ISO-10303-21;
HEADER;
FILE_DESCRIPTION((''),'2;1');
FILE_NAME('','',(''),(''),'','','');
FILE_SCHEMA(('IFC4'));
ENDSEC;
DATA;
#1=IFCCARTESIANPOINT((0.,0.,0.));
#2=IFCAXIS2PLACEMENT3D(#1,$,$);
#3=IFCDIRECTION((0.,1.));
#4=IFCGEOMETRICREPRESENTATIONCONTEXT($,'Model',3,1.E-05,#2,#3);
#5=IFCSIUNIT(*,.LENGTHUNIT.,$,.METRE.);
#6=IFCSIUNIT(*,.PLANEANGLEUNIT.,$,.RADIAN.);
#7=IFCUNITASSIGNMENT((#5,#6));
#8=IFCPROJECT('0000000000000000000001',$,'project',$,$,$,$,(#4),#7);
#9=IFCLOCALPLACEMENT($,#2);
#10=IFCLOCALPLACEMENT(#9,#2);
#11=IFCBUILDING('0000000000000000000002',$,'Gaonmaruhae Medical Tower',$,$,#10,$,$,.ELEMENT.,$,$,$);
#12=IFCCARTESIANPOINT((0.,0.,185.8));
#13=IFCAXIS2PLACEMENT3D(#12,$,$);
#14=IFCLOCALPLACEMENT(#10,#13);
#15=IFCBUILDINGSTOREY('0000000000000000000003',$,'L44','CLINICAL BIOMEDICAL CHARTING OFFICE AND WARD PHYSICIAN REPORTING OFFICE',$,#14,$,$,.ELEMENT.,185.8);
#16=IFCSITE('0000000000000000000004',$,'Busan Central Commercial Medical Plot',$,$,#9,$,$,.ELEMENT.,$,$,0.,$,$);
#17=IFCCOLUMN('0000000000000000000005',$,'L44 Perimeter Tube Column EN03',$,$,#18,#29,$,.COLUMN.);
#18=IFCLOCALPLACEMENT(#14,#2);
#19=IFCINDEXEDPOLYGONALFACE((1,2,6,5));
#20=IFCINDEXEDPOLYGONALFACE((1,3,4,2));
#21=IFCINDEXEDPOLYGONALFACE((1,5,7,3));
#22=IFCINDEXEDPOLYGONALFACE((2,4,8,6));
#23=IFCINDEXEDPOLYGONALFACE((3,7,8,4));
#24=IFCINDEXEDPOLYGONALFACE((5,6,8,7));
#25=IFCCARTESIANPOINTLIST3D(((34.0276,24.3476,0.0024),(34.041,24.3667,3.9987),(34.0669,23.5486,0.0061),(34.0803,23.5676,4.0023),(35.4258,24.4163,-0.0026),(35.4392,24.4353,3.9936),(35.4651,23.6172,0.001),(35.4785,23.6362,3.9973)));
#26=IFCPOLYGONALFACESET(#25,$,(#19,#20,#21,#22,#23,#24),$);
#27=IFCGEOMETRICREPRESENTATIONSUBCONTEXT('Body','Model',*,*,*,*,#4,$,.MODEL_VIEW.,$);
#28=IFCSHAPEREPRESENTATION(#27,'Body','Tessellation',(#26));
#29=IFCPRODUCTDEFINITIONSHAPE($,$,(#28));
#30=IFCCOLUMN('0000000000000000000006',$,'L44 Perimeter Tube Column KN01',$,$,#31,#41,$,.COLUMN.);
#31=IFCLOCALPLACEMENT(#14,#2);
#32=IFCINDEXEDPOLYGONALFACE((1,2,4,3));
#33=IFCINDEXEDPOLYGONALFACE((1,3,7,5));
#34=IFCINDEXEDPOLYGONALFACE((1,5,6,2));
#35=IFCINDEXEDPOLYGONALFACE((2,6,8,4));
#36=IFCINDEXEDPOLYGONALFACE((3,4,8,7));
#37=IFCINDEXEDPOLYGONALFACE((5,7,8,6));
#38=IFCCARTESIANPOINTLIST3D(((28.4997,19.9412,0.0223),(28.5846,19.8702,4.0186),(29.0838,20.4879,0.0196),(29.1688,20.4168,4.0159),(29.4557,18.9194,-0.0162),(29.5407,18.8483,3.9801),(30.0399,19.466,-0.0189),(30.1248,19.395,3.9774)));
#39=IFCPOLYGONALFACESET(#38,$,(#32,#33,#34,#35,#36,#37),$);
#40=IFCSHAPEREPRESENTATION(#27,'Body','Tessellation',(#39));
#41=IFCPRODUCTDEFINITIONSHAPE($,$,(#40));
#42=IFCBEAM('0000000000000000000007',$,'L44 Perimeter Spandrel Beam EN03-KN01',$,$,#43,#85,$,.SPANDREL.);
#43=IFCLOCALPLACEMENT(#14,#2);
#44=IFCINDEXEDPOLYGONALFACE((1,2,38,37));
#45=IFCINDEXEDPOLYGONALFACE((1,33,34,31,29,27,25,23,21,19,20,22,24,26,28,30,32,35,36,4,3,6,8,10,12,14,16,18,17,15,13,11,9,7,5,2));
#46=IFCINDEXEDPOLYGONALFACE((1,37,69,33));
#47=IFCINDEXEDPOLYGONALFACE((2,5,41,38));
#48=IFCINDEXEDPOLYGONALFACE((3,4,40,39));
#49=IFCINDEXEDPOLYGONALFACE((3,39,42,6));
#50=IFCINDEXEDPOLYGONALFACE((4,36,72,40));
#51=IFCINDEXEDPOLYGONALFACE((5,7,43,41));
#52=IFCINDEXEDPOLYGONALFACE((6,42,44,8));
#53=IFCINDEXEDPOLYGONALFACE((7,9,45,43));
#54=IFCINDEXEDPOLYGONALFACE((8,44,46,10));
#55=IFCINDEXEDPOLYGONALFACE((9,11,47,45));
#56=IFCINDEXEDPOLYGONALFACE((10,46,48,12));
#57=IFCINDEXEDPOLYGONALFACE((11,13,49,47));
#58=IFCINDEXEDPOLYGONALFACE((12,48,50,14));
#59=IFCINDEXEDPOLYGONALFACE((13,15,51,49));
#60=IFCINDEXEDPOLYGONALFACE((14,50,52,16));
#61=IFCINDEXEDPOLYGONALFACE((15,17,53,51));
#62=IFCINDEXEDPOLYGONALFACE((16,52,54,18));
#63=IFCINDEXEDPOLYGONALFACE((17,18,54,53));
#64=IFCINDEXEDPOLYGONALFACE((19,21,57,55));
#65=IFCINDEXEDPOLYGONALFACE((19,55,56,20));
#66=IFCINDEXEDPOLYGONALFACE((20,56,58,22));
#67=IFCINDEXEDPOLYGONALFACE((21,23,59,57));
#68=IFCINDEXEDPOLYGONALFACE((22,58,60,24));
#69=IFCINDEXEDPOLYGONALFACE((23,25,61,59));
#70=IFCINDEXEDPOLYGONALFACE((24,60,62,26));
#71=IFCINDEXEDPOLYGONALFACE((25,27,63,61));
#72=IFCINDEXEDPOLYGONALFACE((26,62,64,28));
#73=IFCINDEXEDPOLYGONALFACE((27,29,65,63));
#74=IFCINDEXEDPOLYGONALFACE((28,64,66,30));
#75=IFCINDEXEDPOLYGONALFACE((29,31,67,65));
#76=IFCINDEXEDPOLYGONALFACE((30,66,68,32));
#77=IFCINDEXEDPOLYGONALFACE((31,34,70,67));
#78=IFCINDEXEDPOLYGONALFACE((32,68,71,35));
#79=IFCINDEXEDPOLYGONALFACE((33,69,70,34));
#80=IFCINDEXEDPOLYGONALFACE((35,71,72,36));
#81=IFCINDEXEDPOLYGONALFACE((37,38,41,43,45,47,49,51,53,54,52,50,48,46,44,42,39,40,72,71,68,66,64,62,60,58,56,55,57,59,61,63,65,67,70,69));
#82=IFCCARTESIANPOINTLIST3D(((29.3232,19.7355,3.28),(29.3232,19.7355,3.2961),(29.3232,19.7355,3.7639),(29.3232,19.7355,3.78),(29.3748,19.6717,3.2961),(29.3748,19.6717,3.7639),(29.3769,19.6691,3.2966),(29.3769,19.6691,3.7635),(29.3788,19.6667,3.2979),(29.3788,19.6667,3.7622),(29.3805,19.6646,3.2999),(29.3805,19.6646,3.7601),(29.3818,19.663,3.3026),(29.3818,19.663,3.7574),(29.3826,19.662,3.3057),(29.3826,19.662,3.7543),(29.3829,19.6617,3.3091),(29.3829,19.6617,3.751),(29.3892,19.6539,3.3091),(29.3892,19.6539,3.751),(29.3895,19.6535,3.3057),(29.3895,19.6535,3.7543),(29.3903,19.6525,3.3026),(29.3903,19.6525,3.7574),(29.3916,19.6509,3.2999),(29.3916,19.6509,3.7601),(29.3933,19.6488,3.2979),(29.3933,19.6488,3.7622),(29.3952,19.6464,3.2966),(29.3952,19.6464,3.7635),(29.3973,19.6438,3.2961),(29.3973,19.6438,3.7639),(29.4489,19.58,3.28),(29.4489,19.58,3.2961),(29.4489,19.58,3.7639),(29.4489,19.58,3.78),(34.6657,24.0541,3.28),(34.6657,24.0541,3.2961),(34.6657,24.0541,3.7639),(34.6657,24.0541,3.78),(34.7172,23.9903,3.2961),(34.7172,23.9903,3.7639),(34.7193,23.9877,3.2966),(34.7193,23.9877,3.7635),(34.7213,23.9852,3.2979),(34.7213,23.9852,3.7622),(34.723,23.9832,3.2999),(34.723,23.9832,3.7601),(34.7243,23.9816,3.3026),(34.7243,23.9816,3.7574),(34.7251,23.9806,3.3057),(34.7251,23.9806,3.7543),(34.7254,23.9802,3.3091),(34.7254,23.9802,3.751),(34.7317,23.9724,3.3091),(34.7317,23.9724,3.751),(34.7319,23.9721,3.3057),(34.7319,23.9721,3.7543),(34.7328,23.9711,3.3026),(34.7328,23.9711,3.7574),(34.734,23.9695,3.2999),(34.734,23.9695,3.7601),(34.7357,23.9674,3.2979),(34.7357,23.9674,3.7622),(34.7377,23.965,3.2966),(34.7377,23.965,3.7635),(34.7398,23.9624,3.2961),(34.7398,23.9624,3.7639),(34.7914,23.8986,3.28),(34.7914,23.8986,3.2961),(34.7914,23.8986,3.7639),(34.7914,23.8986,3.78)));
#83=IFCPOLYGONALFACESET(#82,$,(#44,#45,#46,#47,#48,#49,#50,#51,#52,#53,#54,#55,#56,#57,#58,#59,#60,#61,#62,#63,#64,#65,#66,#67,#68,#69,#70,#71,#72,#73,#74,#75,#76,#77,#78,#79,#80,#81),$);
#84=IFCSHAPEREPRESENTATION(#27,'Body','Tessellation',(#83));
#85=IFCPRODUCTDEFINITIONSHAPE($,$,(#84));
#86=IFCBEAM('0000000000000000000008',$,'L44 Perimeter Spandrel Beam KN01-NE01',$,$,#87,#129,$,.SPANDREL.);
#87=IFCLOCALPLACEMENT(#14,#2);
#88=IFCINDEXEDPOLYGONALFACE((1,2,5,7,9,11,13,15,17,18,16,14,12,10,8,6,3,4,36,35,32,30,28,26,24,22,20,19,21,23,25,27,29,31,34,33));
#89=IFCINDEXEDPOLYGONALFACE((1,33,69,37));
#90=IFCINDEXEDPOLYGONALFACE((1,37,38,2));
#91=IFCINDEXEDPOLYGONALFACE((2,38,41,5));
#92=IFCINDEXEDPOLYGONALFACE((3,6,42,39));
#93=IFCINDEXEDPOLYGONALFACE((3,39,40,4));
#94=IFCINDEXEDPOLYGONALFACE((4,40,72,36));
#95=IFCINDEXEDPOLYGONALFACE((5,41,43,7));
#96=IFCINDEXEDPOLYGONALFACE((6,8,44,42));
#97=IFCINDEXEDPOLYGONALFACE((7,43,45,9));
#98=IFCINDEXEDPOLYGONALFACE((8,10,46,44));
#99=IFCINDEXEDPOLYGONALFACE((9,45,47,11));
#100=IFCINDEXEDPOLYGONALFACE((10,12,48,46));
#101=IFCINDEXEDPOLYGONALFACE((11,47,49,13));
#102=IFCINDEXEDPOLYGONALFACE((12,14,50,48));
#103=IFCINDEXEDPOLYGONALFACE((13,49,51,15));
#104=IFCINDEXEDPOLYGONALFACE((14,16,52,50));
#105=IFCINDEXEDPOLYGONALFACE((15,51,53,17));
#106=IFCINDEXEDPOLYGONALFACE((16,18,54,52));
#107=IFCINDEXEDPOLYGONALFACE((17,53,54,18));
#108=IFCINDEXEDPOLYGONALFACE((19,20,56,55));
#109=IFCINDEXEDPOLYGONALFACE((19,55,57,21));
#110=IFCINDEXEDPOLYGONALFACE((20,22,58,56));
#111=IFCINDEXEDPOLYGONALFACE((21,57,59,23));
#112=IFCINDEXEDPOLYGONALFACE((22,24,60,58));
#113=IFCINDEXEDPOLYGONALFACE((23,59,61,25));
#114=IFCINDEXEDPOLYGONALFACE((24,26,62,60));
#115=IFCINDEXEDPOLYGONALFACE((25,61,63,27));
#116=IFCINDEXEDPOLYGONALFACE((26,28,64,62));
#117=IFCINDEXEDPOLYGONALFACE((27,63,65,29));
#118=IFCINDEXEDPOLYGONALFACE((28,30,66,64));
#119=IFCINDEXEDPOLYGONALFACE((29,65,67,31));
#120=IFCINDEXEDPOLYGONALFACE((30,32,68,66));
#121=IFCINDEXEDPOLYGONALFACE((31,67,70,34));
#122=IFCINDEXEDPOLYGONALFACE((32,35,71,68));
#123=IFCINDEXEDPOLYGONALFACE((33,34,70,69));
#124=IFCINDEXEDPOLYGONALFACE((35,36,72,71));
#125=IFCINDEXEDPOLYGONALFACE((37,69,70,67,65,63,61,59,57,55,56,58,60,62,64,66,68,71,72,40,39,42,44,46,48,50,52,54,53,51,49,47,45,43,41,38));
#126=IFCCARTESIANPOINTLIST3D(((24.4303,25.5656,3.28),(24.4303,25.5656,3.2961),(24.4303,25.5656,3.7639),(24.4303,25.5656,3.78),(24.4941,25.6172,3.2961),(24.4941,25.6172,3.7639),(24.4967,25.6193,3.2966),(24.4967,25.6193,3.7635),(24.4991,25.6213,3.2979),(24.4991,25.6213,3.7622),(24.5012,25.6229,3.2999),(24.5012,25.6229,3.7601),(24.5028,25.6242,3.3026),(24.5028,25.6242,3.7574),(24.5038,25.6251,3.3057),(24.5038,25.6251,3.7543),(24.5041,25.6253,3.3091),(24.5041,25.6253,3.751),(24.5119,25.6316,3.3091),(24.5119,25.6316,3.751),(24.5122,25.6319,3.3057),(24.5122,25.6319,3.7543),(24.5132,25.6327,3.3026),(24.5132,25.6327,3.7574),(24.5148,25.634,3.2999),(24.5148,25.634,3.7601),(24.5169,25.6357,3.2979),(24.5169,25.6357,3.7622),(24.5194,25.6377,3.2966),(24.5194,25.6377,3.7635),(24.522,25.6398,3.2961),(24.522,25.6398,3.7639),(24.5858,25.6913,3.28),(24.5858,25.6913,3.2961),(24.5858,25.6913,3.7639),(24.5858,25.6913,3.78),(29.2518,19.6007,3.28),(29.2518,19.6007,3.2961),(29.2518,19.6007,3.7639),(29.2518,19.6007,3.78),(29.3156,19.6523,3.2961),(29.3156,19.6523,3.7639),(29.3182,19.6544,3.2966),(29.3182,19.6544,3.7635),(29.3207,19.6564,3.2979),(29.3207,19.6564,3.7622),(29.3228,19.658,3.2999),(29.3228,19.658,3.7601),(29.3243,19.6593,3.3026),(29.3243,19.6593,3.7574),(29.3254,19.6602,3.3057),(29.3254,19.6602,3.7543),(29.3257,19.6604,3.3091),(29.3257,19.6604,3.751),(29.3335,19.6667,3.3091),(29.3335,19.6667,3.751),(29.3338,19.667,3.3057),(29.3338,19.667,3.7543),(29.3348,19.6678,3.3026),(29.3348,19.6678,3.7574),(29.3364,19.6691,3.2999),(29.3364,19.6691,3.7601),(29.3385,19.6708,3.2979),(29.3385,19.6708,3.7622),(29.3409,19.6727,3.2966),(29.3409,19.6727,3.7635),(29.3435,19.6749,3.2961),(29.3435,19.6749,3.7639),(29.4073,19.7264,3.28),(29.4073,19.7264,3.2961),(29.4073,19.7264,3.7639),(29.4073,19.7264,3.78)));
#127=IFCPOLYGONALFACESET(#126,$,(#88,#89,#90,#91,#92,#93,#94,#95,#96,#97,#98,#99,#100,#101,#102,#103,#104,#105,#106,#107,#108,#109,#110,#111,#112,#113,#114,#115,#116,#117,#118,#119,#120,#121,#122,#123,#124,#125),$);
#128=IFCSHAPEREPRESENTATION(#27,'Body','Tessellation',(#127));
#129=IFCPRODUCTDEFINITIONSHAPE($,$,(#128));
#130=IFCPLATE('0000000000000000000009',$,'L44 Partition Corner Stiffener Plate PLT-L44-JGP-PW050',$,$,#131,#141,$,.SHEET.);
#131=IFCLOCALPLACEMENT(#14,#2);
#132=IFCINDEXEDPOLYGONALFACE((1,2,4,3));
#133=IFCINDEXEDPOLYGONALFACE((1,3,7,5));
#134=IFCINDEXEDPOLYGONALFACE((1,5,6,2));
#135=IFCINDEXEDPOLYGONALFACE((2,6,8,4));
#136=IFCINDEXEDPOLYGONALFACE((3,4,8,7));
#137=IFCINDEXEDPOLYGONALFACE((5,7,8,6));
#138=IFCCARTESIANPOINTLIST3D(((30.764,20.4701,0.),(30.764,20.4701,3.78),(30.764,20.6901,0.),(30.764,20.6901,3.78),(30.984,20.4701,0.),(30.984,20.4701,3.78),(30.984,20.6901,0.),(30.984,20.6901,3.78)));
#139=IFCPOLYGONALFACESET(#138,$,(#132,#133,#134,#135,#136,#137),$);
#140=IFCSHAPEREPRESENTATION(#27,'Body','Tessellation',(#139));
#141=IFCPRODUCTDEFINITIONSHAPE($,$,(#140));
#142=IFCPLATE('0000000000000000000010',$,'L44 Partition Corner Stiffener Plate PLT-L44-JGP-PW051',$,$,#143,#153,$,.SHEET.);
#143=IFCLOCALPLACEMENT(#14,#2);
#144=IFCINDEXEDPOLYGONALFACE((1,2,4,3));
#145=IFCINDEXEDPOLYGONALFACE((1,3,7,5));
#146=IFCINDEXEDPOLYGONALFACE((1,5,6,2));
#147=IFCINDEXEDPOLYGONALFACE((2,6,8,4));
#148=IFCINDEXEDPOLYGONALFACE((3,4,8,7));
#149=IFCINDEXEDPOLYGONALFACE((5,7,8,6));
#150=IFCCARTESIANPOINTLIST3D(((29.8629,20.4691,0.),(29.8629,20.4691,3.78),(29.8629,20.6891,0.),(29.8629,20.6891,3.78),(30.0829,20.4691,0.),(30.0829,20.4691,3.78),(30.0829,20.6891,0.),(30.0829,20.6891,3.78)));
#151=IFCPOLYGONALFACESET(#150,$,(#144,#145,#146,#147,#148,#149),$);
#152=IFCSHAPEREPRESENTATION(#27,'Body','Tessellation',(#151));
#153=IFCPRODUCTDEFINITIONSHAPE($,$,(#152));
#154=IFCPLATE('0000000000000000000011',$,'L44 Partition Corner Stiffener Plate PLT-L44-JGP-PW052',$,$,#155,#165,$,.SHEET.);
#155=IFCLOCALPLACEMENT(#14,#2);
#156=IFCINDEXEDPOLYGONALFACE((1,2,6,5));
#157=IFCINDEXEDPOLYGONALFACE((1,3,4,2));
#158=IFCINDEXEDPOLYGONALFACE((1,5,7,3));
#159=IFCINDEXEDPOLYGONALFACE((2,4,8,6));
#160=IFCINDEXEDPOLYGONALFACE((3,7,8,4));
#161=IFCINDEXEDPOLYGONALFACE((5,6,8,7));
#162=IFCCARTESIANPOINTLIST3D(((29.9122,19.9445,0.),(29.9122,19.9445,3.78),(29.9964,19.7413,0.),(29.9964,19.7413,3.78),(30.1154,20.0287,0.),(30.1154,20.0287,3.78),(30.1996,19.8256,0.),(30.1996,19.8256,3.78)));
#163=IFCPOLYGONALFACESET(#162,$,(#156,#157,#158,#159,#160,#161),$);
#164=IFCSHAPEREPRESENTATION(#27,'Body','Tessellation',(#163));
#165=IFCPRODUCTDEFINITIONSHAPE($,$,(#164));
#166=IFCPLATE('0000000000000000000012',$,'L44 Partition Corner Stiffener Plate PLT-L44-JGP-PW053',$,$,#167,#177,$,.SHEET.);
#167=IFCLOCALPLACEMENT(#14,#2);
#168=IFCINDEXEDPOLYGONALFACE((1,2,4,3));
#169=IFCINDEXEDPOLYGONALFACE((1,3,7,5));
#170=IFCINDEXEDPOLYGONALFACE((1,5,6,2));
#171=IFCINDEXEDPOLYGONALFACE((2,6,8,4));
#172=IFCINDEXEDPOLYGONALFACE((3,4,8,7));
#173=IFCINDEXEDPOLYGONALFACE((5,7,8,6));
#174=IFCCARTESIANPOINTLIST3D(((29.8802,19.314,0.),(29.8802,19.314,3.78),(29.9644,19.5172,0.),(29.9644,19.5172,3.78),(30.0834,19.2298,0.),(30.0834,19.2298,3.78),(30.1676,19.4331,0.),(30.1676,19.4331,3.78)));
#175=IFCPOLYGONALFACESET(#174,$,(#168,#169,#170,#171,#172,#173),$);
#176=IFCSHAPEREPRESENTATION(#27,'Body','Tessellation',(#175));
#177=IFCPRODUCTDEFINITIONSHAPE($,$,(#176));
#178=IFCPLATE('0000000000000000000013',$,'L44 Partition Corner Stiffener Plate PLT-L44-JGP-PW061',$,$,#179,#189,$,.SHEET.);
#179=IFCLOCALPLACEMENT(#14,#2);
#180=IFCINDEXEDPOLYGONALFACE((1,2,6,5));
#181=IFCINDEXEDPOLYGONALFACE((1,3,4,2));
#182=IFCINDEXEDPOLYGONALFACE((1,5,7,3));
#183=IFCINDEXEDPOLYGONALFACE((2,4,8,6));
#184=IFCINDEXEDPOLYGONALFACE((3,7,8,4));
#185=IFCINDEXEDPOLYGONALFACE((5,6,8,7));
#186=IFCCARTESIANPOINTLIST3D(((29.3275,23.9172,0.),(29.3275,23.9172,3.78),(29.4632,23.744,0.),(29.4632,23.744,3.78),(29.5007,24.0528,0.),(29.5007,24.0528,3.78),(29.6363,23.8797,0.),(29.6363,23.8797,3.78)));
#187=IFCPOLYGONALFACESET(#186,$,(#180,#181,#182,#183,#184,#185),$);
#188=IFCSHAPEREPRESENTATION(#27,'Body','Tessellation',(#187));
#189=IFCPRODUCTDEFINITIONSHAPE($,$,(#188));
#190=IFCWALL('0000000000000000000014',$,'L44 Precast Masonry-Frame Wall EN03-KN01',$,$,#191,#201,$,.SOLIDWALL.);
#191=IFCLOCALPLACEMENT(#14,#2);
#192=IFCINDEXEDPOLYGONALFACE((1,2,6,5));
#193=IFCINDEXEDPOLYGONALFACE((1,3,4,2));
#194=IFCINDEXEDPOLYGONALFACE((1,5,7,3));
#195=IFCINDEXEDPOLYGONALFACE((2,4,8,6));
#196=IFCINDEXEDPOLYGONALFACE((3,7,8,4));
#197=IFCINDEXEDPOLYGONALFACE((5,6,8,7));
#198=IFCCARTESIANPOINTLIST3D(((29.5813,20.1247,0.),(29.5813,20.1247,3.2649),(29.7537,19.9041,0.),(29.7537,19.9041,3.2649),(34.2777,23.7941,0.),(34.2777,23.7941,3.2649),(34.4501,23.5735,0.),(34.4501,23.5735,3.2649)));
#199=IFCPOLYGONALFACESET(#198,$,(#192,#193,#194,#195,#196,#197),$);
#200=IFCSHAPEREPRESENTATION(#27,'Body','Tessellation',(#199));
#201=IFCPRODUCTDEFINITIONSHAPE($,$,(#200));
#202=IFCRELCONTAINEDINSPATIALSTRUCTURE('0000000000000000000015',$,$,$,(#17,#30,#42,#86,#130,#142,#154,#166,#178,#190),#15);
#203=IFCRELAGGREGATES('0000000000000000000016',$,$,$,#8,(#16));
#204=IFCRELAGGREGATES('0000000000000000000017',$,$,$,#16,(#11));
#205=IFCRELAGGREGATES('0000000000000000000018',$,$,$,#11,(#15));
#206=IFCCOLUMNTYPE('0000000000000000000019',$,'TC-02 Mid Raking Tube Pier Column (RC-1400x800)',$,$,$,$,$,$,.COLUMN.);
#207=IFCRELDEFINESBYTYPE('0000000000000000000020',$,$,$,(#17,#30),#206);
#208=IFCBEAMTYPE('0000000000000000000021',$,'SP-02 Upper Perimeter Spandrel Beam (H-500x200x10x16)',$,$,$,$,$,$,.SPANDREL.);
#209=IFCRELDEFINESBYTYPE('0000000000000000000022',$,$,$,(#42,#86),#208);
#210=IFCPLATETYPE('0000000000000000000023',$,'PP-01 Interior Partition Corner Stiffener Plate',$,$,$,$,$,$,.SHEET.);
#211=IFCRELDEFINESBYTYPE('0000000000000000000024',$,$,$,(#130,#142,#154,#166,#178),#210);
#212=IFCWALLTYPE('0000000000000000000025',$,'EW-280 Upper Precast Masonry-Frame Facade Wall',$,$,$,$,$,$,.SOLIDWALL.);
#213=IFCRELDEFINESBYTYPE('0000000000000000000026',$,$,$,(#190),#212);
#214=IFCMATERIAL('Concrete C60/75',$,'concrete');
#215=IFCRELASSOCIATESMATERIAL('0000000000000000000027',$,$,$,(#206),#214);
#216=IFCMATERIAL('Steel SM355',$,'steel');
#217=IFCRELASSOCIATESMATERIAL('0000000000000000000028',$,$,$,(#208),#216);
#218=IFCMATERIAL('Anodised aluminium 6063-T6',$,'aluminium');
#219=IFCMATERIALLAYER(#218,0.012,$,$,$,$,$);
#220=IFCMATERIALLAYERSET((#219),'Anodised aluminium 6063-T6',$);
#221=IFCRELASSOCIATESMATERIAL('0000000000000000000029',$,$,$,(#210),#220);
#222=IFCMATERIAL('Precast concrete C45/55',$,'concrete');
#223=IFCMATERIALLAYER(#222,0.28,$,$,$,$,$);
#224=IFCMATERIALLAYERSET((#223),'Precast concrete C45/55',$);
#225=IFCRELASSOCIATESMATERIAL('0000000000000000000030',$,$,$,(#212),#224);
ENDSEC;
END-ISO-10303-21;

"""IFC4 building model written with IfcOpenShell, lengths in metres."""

from ifc_helpers import new_model, si_unit, direction, frame, frame_2d, origin, origin_2d, place, context, subcontext, project, spatial, rectangle, i_section, extrude, material, layer, layer_set, material_profile, profile_set, type_object, element, save


model = new_model("IFC4")

# Units and contexts
model_context = context("Model", 3, precision=1e-05, world=origin(), true_north=direction((0.0, 1.0)))
body_context = subcontext(model_context, "Body", "Model", "MODEL_VIEW")
ifc_project = project(units=[si_unit("LENGTHUNIT", "METRE"), si_unit("PLANEANGLEUNIT", "RADIAN")], contexts=[model_context])

# Site, building, storey
site_placement = place(None, origin())
site = spatial("IfcSite", under=ifc_project, at=site_placement, Name="Busan Central Commercial Medical Plot", CompositionType="ELEMENT", RefElevation=0.0)
building_placement = place(site_placement, origin())
building = spatial("IfcBuilding", under=site, at=building_placement, Name="Gaonmaruhae Medical Tower", CompositionType="ELEMENT")
storey_placement = place(building_placement, frame((0.0, 0.0, 185.8)))
storey = spatial("IfcBuildingStorey", under=building, at=storey_placement, Name="L44", Description="CLINICAL BIOMEDICAL CHARTING OFFICE AND WARD PHYSICIAN REPORTING OFFICE", CompositionType="ELEMENT", Elevation=185.8)

# Columns
ifc_material_1 = material(Name="Concrete C60/75", Category="concrete")
ifc_material_profile_1 = material_profile(ifc_material_1, rectangle(XDim=1.3999, YDim=0.8, at=origin_2d()), Name="RC-1400x800")
ifc_profile_set_1 = profile_set([ifc_material_profile_1], Name="Concrete C60/75")
column_type = type_object("IfcColumnType", Name="TC-02 Mid Raking Tube Pier Column (RC-1400x800)", PredefinedType="COLUMN", material=ifc_profile_set_1)
column_1_placement = place(storey_placement, frame((34.7463, 23.9824, 0.0017), z_axis=(0.00336, 0.004765, 0.999983), x_axis=(-0.99879, -0.049037, 0.00359)))
element("IfcColumn", 1, at=column_1_placement, inside=storey, type_object=column_type, Name="L44 Perimeter Tube Column EN03", PredefinedType="COLUMN", context=body_context, shape_type="SweptSolid", body=[
    extrude(rectangle(XDim=1.3999, YDim=0.8, at=origin_2d()), origin(), (0.0, 0.0, 1.0), 3.9963),
])
column_2_placement = place(storey_placement, frame((29.2698, 19.7036, 0.0017), z_axis=(0.021252, -0.017771, 0.999616), x_axis=(-0.682948, 0.729949, 0.027496)))
element("IfcColumn", 2, at=column_2_placement, inside=storey, type_object=column_type, Name="L44 Perimeter Tube Column KN01", PredefinedType="COLUMN", context=body_context, shape_type="SweptSolid", body=[
    extrude(rectangle(XDim=1.3999, YDim=0.8, at=origin_2d()), origin(), (0.0, 0.0, 1.0), 3.9978),
])

# Beams
ifc_material_2 = material(Name="Steel SM355", Category="steel")
ifc_material_profile_2 = material_profile(ifc_material_2, i_section(OverallWidth=0.2, OverallDepth=0.5, WebThickness=0.01, FlangeThickness=0.0161, FilletRadius=0.0129, at=origin_2d()), Name="H-500x200x10x16")
ifc_profile_set_2 = profile_set([ifc_material_profile_2], Name="Steel SM355")
beam_type = type_object("IfcBeamType", Name="SP-02 Upper Perimeter Spandrel Beam (H-500x200x10x16)", PredefinedType="SPANDREL", material=ifc_profile_set_2)
beam_1_placement = place(storey_placement, frame((34.7285, 23.9763, 3.53), z_axis=(-0.777693, -0.628644, 0.0), x_axis=(0.628644, -0.777693, 0.0)))
element("IfcBeam", 3, at=beam_1_placement, inside=storey, type_object=beam_type, Name="L44 Perimeter Spandrel Beam EN03-KN01", PredefinedType="SPANDREL", context=body_context, shape_type="SweptSolid", body=[
    extrude(i_section(OverallWidth=0.2, OverallDepth=0.5, WebThickness=0.01, FlangeThickness=0.0161, FilletRadius=0.0129, at=origin_2d()), origin(), (0.0, 0.0, 1.0), 6.8696),
])
beam_2_placement = place(storey_placement, frame((29.3296, 19.6636, 3.53), z_axis=(-0.628635, 0.777701, 0.0), x_axis=(-0.777701, -0.628635, 0.0)))
element("IfcBeam", 4, at=beam_2_placement, inside=storey, type_object=beam_type, Name="L44 Perimeter Spandrel Beam KN01-NE01", PredefinedType="SPANDREL", context=body_context, shape_type="SweptSolid", body=[
    extrude(i_section(OverallWidth=0.2, OverallDepth=0.5, WebThickness=0.01, FlangeThickness=0.0161, FilletRadius=0.0129, at=origin_2d()), origin(), (0.0, 0.0, 1.0), 7.6699),
])

# Plates
ifc_material_3 = material(Name="Anodised aluminium 6063-T6", Category="aluminium")
ifc_layer_1 = layer(ifc_material_3, 0.012)
ifc_layer_set_1 = layer_set([ifc_layer_1], Name="Anodised aluminium 6063-T6")
plate_type = type_object("IfcPlateType", Name="PP-01 Interior Partition Corner Stiffener Plate", PredefinedType="SHEET", material=ifc_layer_set_1)
for number, where, z_axis, x_axis, name in (
    (5, (30.874, 20.5801, 0.0), (0.0, 0.0, 1.0), (-1.0, 0.0, 0.0), "L44 Partition Corner Stiffener Plate PLT-L44-JGP-PW050"),
    (6, (29.9729, 20.5791, 0.0), (0.0, 0.0, 1.0), (-1.0, 0.0, 0.0), "L44 Partition Corner Stiffener Plate PLT-L44-JGP-PW051"),
    (7, (30.0559, 19.885, 0.0), (0.0, 0.0, 1.0), (0.383103, -0.923706, 0.0), "L44 Partition Corner Stiffener Plate PLT-L44-JGP-PW052"),
    (8, (30.0239, 19.3735, 0.0), (0.0, 0.0, 1.0), (-0.382716, -0.923866, 0.0), "L44 Partition Corner Stiffener Plate PLT-L44-JGP-PW053"),
    (9, (29.4819, 23.8984, 0.0), (0.0, 0.0, 1.0), (0.616541, -0.787323, 0.0), "L44 Partition Corner Stiffener Plate PLT-L44-JGP-PW061"),
):
    element("IfcPlate", number, at=place(storey_placement, frame(where, z_axis=z_axis, x_axis=x_axis)), inside=storey, type_object=plate_type, Name=name, PredefinedType="SHEET", context=body_context, shape_type="SweptSolid", body=[
        extrude(rectangle(XDim=0.22, YDim=0.22, at=origin_2d()), origin(), (0.0, 0.0, 1.0), 3.78),
    ])

# Wall
ifc_material_4 = material(Name="Precast concrete C45/55", Category="concrete")
ifc_layer_2 = layer(ifc_material_4, 0.28)
ifc_layer_set_2 = layer_set([ifc_layer_2], Name="Precast concrete C45/55")
wall_type_1 = type_object("IfcWallType", Name="EW-280 Upper Precast Masonry-Frame Facade Wall", PredefinedType="SOLIDWALL", material=ifc_layer_set_2)
wall_1_placement = place(storey_placement, frame((29.6675, 20.0144, 0.0), z_axis=(0.0, 0.0, 1.0), x_axis=(0.788003, 0.615672, 0.0)))
element("IfcWall", 10, at=wall_1_placement, inside=storey, type_object=wall_type_1, Name="L44 Precast Masonry-Frame Wall EN03-KN01", PredefinedType="SOLIDWALL", context=body_context, shape_type="SweptSolid", body=[
    extrude(rectangle(XDim=5.96, YDim=0.28, at=frame_2d((2.98, 0.0))), origin(), (0.0, 0.0, 1.0), 3.2649),
])

save(model, "model.ifc")
